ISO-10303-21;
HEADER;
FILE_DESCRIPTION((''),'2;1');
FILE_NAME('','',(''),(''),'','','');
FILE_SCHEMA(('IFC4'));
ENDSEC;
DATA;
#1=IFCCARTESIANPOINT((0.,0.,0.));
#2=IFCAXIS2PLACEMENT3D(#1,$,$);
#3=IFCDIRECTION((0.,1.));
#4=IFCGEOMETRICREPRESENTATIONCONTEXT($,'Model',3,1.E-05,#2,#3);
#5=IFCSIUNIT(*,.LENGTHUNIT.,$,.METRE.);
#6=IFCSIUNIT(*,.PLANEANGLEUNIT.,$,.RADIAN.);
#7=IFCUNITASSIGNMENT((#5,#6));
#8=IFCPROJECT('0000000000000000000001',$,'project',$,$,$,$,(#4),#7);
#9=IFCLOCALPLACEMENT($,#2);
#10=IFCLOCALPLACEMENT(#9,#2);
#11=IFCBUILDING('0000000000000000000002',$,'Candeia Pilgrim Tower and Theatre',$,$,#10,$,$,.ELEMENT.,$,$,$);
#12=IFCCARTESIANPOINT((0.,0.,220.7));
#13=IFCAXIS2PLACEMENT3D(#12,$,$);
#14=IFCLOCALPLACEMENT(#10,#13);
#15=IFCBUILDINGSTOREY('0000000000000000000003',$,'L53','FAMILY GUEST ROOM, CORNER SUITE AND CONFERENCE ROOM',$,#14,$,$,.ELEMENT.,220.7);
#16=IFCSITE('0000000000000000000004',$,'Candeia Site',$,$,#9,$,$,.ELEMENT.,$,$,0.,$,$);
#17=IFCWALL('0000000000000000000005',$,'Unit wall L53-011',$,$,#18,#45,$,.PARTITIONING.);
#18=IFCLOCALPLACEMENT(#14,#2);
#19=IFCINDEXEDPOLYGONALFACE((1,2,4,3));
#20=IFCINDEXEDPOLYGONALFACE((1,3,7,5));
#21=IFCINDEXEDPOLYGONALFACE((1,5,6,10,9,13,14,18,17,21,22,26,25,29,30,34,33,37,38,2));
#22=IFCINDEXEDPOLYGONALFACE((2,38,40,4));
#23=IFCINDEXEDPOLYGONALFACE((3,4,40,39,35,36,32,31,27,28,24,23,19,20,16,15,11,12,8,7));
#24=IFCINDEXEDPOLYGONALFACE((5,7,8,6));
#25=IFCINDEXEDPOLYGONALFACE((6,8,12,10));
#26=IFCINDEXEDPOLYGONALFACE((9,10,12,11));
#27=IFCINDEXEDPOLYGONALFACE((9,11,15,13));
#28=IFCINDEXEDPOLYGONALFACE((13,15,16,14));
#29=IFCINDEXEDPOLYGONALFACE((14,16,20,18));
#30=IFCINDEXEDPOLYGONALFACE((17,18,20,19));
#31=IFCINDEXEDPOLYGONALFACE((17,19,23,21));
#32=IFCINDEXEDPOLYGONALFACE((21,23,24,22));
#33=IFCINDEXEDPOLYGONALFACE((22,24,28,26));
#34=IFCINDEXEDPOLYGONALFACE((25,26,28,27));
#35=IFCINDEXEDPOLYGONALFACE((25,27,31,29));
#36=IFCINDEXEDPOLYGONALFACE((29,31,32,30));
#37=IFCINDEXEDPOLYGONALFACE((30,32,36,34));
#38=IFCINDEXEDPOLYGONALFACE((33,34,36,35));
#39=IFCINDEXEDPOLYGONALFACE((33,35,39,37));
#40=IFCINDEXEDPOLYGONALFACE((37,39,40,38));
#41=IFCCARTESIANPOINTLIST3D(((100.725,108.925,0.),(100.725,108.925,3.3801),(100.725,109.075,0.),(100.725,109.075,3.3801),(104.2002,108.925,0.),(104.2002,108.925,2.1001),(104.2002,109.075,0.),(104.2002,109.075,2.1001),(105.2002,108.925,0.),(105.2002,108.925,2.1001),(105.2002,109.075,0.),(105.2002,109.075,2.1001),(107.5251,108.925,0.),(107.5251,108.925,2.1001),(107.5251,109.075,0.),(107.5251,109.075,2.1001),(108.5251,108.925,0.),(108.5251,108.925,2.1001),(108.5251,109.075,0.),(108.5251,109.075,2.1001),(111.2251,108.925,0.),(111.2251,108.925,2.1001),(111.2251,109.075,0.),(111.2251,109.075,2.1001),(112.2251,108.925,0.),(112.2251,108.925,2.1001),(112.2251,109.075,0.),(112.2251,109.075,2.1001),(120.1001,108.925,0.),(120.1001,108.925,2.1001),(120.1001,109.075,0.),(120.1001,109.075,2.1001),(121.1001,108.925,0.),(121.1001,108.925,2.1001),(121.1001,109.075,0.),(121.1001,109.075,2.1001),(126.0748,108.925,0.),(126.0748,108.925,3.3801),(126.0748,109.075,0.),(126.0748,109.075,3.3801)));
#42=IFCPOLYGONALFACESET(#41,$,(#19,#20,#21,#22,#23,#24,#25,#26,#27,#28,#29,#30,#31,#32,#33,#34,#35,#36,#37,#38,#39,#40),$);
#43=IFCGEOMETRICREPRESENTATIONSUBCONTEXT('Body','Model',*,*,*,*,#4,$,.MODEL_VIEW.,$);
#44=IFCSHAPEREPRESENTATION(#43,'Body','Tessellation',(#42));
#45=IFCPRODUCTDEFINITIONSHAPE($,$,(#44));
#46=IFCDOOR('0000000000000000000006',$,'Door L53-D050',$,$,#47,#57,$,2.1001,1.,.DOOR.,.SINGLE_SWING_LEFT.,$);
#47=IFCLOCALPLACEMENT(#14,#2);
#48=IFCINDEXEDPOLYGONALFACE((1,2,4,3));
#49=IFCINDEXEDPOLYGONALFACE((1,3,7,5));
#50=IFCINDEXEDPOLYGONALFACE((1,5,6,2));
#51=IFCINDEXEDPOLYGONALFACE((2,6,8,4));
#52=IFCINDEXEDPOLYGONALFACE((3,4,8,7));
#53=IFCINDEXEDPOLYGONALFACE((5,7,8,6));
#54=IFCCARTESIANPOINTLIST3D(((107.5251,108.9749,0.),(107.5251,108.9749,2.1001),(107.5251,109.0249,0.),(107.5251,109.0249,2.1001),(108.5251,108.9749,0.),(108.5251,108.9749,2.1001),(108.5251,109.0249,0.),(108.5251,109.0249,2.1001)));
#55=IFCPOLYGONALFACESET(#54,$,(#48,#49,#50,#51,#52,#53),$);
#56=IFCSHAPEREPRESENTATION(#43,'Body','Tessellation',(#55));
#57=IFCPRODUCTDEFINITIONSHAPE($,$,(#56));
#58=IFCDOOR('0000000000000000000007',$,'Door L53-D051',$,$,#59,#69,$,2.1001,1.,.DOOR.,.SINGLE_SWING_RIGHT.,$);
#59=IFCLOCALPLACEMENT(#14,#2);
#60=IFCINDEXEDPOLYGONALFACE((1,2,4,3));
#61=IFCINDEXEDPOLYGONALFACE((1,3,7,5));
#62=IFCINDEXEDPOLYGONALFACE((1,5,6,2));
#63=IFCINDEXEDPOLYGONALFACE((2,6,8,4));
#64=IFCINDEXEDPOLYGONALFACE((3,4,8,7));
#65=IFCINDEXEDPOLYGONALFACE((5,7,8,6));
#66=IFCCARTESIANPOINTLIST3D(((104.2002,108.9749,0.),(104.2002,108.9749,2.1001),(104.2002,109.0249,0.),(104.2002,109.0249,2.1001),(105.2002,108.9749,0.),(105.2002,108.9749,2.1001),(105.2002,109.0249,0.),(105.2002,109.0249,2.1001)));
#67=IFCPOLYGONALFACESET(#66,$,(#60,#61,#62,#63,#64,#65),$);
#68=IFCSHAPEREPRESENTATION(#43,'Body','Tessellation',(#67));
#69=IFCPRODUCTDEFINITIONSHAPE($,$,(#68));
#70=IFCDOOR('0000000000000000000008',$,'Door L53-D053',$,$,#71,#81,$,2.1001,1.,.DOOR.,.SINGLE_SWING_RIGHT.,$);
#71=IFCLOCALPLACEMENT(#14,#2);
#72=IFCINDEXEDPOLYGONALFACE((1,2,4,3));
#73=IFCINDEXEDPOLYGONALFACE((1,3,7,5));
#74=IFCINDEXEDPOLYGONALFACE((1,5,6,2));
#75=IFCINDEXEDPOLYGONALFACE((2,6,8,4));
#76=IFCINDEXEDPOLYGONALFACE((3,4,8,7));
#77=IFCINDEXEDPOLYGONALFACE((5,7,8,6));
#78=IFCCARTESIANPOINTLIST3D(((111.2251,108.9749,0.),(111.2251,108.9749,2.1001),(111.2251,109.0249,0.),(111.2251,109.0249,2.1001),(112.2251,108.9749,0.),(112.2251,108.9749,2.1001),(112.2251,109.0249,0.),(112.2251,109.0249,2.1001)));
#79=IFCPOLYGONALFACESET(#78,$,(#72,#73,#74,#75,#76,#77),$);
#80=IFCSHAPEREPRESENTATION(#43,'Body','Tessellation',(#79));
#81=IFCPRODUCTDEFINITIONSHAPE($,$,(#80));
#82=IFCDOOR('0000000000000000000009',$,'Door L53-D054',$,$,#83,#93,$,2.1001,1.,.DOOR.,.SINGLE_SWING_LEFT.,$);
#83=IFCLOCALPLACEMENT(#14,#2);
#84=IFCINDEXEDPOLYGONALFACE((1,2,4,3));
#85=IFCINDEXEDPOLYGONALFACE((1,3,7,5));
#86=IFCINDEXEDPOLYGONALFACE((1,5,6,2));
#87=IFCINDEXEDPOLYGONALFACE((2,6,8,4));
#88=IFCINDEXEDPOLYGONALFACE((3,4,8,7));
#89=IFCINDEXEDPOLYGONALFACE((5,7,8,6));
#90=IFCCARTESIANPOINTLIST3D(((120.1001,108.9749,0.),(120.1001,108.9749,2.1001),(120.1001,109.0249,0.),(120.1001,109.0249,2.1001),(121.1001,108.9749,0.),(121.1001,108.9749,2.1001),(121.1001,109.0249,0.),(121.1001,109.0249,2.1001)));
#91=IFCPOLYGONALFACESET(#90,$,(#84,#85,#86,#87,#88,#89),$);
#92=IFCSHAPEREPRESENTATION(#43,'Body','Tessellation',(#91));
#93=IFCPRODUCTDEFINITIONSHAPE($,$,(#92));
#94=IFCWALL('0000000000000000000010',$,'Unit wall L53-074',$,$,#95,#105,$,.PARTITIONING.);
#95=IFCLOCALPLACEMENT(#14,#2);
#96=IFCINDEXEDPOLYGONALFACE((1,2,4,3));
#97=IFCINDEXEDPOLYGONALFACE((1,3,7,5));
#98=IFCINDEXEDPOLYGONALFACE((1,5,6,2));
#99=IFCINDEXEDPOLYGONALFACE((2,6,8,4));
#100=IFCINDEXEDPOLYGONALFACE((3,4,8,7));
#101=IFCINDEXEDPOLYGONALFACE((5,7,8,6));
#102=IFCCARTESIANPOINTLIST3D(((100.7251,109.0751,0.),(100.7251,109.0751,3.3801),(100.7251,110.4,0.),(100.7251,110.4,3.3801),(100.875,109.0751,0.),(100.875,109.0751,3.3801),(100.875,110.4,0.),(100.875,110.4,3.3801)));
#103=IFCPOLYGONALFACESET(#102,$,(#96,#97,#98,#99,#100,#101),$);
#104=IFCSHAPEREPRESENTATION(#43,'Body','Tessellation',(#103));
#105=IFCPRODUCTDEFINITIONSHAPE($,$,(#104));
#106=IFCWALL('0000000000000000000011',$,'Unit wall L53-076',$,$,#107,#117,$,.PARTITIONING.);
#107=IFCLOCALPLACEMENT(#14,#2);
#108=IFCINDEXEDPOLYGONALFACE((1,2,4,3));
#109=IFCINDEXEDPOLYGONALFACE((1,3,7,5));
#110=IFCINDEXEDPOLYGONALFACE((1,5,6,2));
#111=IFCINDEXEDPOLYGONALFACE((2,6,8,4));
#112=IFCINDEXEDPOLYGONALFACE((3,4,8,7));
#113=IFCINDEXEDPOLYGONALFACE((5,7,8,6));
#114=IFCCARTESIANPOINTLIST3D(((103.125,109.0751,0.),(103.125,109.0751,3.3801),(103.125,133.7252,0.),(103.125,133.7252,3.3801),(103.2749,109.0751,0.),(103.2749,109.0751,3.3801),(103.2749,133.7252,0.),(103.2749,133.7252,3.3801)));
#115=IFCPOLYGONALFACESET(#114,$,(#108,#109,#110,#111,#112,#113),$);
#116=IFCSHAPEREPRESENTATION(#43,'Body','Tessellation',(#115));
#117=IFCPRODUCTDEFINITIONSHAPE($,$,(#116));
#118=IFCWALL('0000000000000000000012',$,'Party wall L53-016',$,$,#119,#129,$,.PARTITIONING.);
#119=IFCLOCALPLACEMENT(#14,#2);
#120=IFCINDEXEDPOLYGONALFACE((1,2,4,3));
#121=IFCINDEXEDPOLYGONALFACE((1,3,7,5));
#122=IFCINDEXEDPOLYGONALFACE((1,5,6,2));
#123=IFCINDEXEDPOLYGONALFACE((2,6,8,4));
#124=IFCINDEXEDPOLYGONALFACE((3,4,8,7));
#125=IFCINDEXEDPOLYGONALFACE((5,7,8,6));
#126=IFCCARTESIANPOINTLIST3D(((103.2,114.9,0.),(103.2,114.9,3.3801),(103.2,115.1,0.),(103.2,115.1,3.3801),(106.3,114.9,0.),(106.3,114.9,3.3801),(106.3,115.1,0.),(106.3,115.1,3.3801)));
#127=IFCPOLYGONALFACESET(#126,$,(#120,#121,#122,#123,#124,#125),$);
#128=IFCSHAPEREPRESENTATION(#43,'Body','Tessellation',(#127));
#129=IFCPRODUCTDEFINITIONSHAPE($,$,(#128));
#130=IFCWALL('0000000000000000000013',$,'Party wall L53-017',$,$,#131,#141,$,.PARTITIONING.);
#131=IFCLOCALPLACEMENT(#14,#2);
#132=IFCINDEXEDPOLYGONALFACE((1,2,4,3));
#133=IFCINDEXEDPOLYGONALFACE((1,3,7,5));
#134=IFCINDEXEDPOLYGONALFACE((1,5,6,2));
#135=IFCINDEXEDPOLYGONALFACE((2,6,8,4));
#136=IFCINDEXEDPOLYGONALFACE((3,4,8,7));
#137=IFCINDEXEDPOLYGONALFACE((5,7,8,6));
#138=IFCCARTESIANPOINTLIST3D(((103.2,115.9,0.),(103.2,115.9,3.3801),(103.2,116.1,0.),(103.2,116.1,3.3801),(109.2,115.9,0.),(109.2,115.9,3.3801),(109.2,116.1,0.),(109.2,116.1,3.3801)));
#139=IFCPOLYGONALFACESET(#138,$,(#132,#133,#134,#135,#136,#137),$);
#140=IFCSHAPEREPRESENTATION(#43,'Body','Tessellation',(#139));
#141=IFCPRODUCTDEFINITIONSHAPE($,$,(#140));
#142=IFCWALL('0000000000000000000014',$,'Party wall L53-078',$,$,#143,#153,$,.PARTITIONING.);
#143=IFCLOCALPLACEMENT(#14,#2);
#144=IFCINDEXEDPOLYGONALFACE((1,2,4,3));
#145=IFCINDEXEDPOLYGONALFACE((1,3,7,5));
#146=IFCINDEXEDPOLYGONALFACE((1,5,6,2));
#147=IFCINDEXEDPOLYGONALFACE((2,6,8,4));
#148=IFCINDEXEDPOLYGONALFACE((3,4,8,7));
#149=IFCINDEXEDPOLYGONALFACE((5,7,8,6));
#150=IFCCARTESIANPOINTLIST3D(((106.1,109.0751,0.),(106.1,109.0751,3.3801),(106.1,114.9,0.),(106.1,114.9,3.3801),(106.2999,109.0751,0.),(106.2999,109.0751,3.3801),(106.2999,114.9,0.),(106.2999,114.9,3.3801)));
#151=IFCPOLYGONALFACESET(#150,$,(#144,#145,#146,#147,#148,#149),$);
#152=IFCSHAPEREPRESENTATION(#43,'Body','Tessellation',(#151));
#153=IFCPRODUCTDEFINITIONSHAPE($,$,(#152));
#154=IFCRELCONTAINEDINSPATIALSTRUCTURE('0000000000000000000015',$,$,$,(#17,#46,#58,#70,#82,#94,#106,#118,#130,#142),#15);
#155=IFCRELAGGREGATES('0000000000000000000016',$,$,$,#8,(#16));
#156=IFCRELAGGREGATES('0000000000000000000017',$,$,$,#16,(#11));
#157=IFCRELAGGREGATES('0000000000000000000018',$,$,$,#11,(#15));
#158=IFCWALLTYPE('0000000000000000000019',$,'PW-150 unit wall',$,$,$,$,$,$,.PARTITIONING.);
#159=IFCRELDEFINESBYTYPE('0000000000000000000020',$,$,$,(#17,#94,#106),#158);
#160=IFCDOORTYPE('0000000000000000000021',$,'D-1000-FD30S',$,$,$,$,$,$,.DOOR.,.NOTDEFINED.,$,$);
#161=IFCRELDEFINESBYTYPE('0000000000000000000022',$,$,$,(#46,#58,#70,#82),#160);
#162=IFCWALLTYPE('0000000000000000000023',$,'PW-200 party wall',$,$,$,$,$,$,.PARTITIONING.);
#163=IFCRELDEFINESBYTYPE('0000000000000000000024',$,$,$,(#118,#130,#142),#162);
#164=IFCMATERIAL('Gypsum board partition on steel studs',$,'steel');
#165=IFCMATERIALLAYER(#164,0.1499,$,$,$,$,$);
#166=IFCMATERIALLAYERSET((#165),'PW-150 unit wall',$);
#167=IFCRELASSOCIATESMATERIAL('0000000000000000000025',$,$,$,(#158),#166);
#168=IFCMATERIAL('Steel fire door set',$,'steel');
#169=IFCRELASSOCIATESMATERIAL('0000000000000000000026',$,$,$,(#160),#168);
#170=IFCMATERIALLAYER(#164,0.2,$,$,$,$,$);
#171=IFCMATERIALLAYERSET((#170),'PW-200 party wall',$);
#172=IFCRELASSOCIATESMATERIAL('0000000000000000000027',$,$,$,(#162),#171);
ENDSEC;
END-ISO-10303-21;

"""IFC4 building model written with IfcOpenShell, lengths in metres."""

from ifc_helpers import new_model, si_unit, direction, frame, frame_2d, origin, place, context, subcontext, project, spatial, rectangle, extrude, material, layer, layer_set, type_object, element, fill, save


model = new_model("IFC4")

# Units and contexts
model_context = context("Model", 3, precision=1e-05, world=origin(), true_north=direction((0.0, 1.0)))
body_context = subcontext(model_context, "Body", "Model", "MODEL_VIEW")
ifc_project = project(units=[si_unit("LENGTHUNIT", "METRE"), si_unit("PLANEANGLEUNIT", "RADIAN")], contexts=[model_context])

# Site, building, storey
site_placement = place(None, origin())
site = spatial("IfcSite", under=ifc_project, at=site_placement, Name="Candeia Site", CompositionType="ELEMENT", RefElevation=0.0)
building_placement = place(site_placement, origin())
building = spatial("IfcBuilding", under=site, at=building_placement, Name="Candeia Pilgrim Tower and Theatre", CompositionType="ELEMENT")
storey_placement = place(building_placement, frame((0.0, 0.0, 220.7)))
storey = spatial("IfcBuildingStorey", under=building, at=storey_placement, Name="L53", Description="FAMILY GUEST ROOM, CORNER SUITE AND CONFERENCE ROOM", CompositionType="ELEMENT", Elevation=220.7)

# Shared definitions
ifc_material_1 = material(Name="Steel fire door set", Category="steel")

# Shared definitions
ifc_material_2 = material(Name="Gypsum board partition on steel studs", Category="steel")

# Wall, openings, doors
ifc_layer_1 = layer(ifc_material_2, 0.1499)
ifc_layer_set_1 = layer_set([ifc_layer_1], Name="PW-150 unit wall")
wall_type_1 = type_object("IfcWallType", Name="PW-150 unit wall", PredefinedType="PARTITIONING", material=ifc_layer_set_1)
wall_1_placement = place(storey_placement, frame((100.7251, 109.0, 0.0), z_axis=(0.0, 0.0, 1.0), x_axis=(1.0, 0.0, 0.0)))
wall_1 = element("IfcWall", 1, at=wall_1_placement, inside=storey, type_object=wall_type_1, Name="Unit wall L53-011", PredefinedType="PARTITIONING", context=body_context, shape_type="SweptSolid", body=[
    extrude(rectangle(XDim=25.3499, YDim=0.1499, at=frame_2d((12.6748, 0.0))), origin(), (0.0, 0.0, 1.0), 3.3801),
])
opening_1_placement = place(wall_1_placement, frame((6.8, 0.0, 0.0)))
opening_1 = element("IfcOpeningElement", 2, at=opening_1_placement, cuts=wall_1, PredefinedType="OPENING", context=body_context, shape_type="SweptSolid", body=[
    extrude(rectangle(XDim=1.0, YDim=2.1001, at=frame_2d((0.5, 1.05))), frame((0.0, 0.085, 0.0), z_axis=(0.0, -1.0, 0.0), x_axis=(1.0, 0.0, 0.0)), (0.0, 0.0, 1.0), 0.1699),
])
opening_2_placement = place(wall_1_placement, frame((3.4751, 0.0, 0.0)))
opening_2 = element("IfcOpeningElement", 3, at=opening_2_placement, cuts=wall_1, PredefinedType="OPENING", context=body_context, shape_type="SweptSolid", body=[
    extrude(rectangle(XDim=1.0, YDim=2.1001, at=frame_2d((0.5, 1.05))), frame((0.0, 0.085, 0.0), z_axis=(0.0, -1.0, 0.0), x_axis=(1.0, 0.0, 0.0)), (0.0, 0.0, 1.0), 0.1699),
])
opening_3_placement = place(wall_1_placement, frame((10.5, 0.0, 0.0)))
opening_3 = element("IfcOpeningElement", 4, at=opening_3_placement, cuts=wall_1, PredefinedType="OPENING", context=body_context, shape_type="SweptSolid", body=[
    extrude(rectangle(XDim=1.0, YDim=2.1001, at=frame_2d((0.5, 1.05))), frame((0.0, 0.085, 0.0), z_axis=(0.0, -1.0, 0.0), x_axis=(1.0, 0.0, 0.0)), (0.0, 0.0, 1.0), 0.1699),
])
opening_4_placement = place(wall_1_placement, frame((19.375, 0.0, 0.0)))
opening_4 = element("IfcOpeningElement", 5, at=opening_4_placement, cuts=wall_1, PredefinedType="OPENING", context=body_context, shape_type="SweptSolid", body=[
    extrude(rectangle(XDim=1.0, YDim=2.1001, at=frame_2d((0.5, 1.05))), frame((0.0, 0.085, 0.0), z_axis=(0.0, -1.0, 0.0), x_axis=(1.0, 0.0, 0.0)), (0.0, 0.0, 1.0), 0.1699),
])
door_type_1 = type_object("IfcDoorType", Name="D-1000-FD30S", OperationType="NOTDEFINED", PredefinedType="DOOR", material=ifc_material_1)
door_1_placement = place(opening_1_placement, origin())
door_1 = element("IfcDoor", 6, at=door_1_placement, inside=storey, type_object=door_type_1, Name="Door L53-D050", OperationType="SINGLE_SWING_LEFT", OverallHeight=2.1001, OverallWidth=1.0, PredefinedType="DOOR", context=body_context, shape_type="SweptSolid", body=[
    extrude(rectangle(XDim=1.0, YDim=2.1001, at=frame_2d((0.5, 1.05))), frame((0.0, 0.0249, 0.0), z_axis=(0.0, -1.0, 0.0), x_axis=(1.0, 0.0, 0.0)), (0.0, 0.0, 1.0), 0.05),
])
fill(opening_1, door_1)
door_2_placement = place(opening_2_placement, origin())
door_2 = element("IfcDoor", 7, at=door_2_placement, inside=storey, type_object=door_type_1, Name="Door L53-D051", OperationType="SINGLE_SWING_RIGHT", OverallHeight=2.1001, OverallWidth=1.0, PredefinedType="DOOR", context=body_context, shape_type="SweptSolid", body=[
    extrude(rectangle(XDim=1.0, YDim=2.1001, at=frame_2d((0.5, 1.05))), frame((0.0, 0.0249, 0.0), z_axis=(0.0, -1.0, 0.0), x_axis=(1.0, 0.0, 0.0)), (0.0, 0.0, 1.0), 0.05),
])
fill(opening_2, door_2)
door_3_placement = place(opening_3_placement, origin())
door_3 = element("IfcDoor", 8, at=door_3_placement, inside=storey, type_object=door_type_1, Name="Door L53-D053", OperationType="SINGLE_SWING_RIGHT", OverallHeight=2.1001, OverallWidth=1.0, PredefinedType="DOOR", context=body_context, shape_type="SweptSolid", body=[
    extrude(rectangle(XDim=1.0, YDim=2.1001, at=frame_2d((0.5, 1.05))), frame((0.0, 0.0249, 0.0), z_axis=(0.0, -1.0, 0.0), x_axis=(1.0, 0.0, 0.0)), (0.0, 0.0, 1.0), 0.05),
])
fill(opening_3, door_3)
door_4_placement = place(opening_4_placement, origin())
door_4 = element("IfcDoor", 9, at=door_4_placement, inside=storey, type_object=door_type_1, Name="Door L53-D054", OperationType="SINGLE_SWING_LEFT", OverallHeight=2.1001, OverallWidth=1.0, PredefinedType="DOOR", context=body_context, shape_type="SweptSolid", body=[
    extrude(rectangle(XDim=1.0, YDim=2.1001, at=frame_2d((0.5, 1.05))), frame((0.0, 0.0249, 0.0), z_axis=(0.0, -1.0, 0.0), x_axis=(1.0, 0.0, 0.0)), (0.0, 0.0, 1.0), 0.05),
])
fill(opening_4, door_4)

# Walls
wall_2_placement = place(storey_placement, frame((100.8, 109.075, 0.0), z_axis=(0.0, 0.0, 1.0), x_axis=(0.0, 1.0, 0.0)))
element("IfcWall", 10, at=wall_2_placement, inside=storey, type_object=wall_type_1, Name="Unit wall L53-074", PredefinedType="PARTITIONING", context=body_context, shape_type="SweptSolid", body=[
    extrude(rectangle(XDim=1.325, YDim=0.1499, at=frame_2d((0.6626, 0.0))), origin(), (0.0, 0.0, 1.0), 3.3801),
])
wall_3_placement = place(storey_placement, frame((103.2, 109.075, 0.0), z_axis=(0.0, 0.0, 1.0), x_axis=(0.0, 1.0, 0.0)))
element("IfcWall", 11, at=wall_3_placement, inside=storey, type_object=wall_type_1, Name="Unit wall L53-076", PredefinedType="PARTITIONING", context=body_context, shape_type="SweptSolid", body=[
    extrude(rectangle(XDim=24.6501, YDim=0.1499, at=frame_2d((12.3252, 0.0))), origin(), (0.0, 0.0, 1.0), 3.3801),
])
ifc_layer_2 = layer(ifc_material_2, 0.2)
ifc_layer_set_2 = layer_set([ifc_layer_2], Name="PW-200 party wall")
wall_type_2 = type_object("IfcWallType", Name="PW-200 party wall", PredefinedType="PARTITIONING", material=ifc_layer_set_2)
wall_4_placement = place(storey_placement, frame((103.2, 115.0, 0.0), z_axis=(0.0, 0.0, 1.0), x_axis=(1.0, 0.0, 0.0)))
element("IfcWall", 12, at=wall_4_placement, inside=storey, type_object=wall_type_2, Name="Party wall L53-016", PredefinedType="PARTITIONING", context=body_context, shape_type="SweptSolid", body=[
    extrude(rectangle(XDim=3.1001, YDim=0.2, at=frame_2d((1.55, 0.0))), origin(), (0.0, 0.0, 1.0), 3.3801),
])
wall_5_placement = place(storey_placement, frame((103.2, 116.0, 0.0), z_axis=(0.0, 0.0, 1.0), x_axis=(1.0, 0.0, 0.0)))
element("IfcWall", 13, at=wall_5_placement, inside=storey, type_object=wall_type_2, Name="Party wall L53-017", PredefinedType="PARTITIONING", context=body_context, shape_type="SweptSolid", body=[
    extrude(rectangle(XDim=6.0, YDim=0.2, at=frame_2d((3.0, 0.0))), origin(), (0.0, 0.0, 1.0), 3.3801),
])
wall_6_placement = place(storey_placement, frame((106.2, 109.075, 0.0), z_axis=(0.0, 0.0, 1.0), x_axis=(0.0, 1.0, 0.0)))
element("IfcWall", 14, at=wall_6_placement, inside=storey, type_object=wall_type_2, Name="Party wall L53-078", PredefinedType="PARTITIONING", context=body_context, shape_type="SweptSolid", body=[
    extrude(rectangle(XDim=5.825, YDim=0.2, at=frame_2d((2.9126, 0.0))), origin(), (0.0, 0.0, 1.0), 3.3801),
])

save(model, "model.ifc")
